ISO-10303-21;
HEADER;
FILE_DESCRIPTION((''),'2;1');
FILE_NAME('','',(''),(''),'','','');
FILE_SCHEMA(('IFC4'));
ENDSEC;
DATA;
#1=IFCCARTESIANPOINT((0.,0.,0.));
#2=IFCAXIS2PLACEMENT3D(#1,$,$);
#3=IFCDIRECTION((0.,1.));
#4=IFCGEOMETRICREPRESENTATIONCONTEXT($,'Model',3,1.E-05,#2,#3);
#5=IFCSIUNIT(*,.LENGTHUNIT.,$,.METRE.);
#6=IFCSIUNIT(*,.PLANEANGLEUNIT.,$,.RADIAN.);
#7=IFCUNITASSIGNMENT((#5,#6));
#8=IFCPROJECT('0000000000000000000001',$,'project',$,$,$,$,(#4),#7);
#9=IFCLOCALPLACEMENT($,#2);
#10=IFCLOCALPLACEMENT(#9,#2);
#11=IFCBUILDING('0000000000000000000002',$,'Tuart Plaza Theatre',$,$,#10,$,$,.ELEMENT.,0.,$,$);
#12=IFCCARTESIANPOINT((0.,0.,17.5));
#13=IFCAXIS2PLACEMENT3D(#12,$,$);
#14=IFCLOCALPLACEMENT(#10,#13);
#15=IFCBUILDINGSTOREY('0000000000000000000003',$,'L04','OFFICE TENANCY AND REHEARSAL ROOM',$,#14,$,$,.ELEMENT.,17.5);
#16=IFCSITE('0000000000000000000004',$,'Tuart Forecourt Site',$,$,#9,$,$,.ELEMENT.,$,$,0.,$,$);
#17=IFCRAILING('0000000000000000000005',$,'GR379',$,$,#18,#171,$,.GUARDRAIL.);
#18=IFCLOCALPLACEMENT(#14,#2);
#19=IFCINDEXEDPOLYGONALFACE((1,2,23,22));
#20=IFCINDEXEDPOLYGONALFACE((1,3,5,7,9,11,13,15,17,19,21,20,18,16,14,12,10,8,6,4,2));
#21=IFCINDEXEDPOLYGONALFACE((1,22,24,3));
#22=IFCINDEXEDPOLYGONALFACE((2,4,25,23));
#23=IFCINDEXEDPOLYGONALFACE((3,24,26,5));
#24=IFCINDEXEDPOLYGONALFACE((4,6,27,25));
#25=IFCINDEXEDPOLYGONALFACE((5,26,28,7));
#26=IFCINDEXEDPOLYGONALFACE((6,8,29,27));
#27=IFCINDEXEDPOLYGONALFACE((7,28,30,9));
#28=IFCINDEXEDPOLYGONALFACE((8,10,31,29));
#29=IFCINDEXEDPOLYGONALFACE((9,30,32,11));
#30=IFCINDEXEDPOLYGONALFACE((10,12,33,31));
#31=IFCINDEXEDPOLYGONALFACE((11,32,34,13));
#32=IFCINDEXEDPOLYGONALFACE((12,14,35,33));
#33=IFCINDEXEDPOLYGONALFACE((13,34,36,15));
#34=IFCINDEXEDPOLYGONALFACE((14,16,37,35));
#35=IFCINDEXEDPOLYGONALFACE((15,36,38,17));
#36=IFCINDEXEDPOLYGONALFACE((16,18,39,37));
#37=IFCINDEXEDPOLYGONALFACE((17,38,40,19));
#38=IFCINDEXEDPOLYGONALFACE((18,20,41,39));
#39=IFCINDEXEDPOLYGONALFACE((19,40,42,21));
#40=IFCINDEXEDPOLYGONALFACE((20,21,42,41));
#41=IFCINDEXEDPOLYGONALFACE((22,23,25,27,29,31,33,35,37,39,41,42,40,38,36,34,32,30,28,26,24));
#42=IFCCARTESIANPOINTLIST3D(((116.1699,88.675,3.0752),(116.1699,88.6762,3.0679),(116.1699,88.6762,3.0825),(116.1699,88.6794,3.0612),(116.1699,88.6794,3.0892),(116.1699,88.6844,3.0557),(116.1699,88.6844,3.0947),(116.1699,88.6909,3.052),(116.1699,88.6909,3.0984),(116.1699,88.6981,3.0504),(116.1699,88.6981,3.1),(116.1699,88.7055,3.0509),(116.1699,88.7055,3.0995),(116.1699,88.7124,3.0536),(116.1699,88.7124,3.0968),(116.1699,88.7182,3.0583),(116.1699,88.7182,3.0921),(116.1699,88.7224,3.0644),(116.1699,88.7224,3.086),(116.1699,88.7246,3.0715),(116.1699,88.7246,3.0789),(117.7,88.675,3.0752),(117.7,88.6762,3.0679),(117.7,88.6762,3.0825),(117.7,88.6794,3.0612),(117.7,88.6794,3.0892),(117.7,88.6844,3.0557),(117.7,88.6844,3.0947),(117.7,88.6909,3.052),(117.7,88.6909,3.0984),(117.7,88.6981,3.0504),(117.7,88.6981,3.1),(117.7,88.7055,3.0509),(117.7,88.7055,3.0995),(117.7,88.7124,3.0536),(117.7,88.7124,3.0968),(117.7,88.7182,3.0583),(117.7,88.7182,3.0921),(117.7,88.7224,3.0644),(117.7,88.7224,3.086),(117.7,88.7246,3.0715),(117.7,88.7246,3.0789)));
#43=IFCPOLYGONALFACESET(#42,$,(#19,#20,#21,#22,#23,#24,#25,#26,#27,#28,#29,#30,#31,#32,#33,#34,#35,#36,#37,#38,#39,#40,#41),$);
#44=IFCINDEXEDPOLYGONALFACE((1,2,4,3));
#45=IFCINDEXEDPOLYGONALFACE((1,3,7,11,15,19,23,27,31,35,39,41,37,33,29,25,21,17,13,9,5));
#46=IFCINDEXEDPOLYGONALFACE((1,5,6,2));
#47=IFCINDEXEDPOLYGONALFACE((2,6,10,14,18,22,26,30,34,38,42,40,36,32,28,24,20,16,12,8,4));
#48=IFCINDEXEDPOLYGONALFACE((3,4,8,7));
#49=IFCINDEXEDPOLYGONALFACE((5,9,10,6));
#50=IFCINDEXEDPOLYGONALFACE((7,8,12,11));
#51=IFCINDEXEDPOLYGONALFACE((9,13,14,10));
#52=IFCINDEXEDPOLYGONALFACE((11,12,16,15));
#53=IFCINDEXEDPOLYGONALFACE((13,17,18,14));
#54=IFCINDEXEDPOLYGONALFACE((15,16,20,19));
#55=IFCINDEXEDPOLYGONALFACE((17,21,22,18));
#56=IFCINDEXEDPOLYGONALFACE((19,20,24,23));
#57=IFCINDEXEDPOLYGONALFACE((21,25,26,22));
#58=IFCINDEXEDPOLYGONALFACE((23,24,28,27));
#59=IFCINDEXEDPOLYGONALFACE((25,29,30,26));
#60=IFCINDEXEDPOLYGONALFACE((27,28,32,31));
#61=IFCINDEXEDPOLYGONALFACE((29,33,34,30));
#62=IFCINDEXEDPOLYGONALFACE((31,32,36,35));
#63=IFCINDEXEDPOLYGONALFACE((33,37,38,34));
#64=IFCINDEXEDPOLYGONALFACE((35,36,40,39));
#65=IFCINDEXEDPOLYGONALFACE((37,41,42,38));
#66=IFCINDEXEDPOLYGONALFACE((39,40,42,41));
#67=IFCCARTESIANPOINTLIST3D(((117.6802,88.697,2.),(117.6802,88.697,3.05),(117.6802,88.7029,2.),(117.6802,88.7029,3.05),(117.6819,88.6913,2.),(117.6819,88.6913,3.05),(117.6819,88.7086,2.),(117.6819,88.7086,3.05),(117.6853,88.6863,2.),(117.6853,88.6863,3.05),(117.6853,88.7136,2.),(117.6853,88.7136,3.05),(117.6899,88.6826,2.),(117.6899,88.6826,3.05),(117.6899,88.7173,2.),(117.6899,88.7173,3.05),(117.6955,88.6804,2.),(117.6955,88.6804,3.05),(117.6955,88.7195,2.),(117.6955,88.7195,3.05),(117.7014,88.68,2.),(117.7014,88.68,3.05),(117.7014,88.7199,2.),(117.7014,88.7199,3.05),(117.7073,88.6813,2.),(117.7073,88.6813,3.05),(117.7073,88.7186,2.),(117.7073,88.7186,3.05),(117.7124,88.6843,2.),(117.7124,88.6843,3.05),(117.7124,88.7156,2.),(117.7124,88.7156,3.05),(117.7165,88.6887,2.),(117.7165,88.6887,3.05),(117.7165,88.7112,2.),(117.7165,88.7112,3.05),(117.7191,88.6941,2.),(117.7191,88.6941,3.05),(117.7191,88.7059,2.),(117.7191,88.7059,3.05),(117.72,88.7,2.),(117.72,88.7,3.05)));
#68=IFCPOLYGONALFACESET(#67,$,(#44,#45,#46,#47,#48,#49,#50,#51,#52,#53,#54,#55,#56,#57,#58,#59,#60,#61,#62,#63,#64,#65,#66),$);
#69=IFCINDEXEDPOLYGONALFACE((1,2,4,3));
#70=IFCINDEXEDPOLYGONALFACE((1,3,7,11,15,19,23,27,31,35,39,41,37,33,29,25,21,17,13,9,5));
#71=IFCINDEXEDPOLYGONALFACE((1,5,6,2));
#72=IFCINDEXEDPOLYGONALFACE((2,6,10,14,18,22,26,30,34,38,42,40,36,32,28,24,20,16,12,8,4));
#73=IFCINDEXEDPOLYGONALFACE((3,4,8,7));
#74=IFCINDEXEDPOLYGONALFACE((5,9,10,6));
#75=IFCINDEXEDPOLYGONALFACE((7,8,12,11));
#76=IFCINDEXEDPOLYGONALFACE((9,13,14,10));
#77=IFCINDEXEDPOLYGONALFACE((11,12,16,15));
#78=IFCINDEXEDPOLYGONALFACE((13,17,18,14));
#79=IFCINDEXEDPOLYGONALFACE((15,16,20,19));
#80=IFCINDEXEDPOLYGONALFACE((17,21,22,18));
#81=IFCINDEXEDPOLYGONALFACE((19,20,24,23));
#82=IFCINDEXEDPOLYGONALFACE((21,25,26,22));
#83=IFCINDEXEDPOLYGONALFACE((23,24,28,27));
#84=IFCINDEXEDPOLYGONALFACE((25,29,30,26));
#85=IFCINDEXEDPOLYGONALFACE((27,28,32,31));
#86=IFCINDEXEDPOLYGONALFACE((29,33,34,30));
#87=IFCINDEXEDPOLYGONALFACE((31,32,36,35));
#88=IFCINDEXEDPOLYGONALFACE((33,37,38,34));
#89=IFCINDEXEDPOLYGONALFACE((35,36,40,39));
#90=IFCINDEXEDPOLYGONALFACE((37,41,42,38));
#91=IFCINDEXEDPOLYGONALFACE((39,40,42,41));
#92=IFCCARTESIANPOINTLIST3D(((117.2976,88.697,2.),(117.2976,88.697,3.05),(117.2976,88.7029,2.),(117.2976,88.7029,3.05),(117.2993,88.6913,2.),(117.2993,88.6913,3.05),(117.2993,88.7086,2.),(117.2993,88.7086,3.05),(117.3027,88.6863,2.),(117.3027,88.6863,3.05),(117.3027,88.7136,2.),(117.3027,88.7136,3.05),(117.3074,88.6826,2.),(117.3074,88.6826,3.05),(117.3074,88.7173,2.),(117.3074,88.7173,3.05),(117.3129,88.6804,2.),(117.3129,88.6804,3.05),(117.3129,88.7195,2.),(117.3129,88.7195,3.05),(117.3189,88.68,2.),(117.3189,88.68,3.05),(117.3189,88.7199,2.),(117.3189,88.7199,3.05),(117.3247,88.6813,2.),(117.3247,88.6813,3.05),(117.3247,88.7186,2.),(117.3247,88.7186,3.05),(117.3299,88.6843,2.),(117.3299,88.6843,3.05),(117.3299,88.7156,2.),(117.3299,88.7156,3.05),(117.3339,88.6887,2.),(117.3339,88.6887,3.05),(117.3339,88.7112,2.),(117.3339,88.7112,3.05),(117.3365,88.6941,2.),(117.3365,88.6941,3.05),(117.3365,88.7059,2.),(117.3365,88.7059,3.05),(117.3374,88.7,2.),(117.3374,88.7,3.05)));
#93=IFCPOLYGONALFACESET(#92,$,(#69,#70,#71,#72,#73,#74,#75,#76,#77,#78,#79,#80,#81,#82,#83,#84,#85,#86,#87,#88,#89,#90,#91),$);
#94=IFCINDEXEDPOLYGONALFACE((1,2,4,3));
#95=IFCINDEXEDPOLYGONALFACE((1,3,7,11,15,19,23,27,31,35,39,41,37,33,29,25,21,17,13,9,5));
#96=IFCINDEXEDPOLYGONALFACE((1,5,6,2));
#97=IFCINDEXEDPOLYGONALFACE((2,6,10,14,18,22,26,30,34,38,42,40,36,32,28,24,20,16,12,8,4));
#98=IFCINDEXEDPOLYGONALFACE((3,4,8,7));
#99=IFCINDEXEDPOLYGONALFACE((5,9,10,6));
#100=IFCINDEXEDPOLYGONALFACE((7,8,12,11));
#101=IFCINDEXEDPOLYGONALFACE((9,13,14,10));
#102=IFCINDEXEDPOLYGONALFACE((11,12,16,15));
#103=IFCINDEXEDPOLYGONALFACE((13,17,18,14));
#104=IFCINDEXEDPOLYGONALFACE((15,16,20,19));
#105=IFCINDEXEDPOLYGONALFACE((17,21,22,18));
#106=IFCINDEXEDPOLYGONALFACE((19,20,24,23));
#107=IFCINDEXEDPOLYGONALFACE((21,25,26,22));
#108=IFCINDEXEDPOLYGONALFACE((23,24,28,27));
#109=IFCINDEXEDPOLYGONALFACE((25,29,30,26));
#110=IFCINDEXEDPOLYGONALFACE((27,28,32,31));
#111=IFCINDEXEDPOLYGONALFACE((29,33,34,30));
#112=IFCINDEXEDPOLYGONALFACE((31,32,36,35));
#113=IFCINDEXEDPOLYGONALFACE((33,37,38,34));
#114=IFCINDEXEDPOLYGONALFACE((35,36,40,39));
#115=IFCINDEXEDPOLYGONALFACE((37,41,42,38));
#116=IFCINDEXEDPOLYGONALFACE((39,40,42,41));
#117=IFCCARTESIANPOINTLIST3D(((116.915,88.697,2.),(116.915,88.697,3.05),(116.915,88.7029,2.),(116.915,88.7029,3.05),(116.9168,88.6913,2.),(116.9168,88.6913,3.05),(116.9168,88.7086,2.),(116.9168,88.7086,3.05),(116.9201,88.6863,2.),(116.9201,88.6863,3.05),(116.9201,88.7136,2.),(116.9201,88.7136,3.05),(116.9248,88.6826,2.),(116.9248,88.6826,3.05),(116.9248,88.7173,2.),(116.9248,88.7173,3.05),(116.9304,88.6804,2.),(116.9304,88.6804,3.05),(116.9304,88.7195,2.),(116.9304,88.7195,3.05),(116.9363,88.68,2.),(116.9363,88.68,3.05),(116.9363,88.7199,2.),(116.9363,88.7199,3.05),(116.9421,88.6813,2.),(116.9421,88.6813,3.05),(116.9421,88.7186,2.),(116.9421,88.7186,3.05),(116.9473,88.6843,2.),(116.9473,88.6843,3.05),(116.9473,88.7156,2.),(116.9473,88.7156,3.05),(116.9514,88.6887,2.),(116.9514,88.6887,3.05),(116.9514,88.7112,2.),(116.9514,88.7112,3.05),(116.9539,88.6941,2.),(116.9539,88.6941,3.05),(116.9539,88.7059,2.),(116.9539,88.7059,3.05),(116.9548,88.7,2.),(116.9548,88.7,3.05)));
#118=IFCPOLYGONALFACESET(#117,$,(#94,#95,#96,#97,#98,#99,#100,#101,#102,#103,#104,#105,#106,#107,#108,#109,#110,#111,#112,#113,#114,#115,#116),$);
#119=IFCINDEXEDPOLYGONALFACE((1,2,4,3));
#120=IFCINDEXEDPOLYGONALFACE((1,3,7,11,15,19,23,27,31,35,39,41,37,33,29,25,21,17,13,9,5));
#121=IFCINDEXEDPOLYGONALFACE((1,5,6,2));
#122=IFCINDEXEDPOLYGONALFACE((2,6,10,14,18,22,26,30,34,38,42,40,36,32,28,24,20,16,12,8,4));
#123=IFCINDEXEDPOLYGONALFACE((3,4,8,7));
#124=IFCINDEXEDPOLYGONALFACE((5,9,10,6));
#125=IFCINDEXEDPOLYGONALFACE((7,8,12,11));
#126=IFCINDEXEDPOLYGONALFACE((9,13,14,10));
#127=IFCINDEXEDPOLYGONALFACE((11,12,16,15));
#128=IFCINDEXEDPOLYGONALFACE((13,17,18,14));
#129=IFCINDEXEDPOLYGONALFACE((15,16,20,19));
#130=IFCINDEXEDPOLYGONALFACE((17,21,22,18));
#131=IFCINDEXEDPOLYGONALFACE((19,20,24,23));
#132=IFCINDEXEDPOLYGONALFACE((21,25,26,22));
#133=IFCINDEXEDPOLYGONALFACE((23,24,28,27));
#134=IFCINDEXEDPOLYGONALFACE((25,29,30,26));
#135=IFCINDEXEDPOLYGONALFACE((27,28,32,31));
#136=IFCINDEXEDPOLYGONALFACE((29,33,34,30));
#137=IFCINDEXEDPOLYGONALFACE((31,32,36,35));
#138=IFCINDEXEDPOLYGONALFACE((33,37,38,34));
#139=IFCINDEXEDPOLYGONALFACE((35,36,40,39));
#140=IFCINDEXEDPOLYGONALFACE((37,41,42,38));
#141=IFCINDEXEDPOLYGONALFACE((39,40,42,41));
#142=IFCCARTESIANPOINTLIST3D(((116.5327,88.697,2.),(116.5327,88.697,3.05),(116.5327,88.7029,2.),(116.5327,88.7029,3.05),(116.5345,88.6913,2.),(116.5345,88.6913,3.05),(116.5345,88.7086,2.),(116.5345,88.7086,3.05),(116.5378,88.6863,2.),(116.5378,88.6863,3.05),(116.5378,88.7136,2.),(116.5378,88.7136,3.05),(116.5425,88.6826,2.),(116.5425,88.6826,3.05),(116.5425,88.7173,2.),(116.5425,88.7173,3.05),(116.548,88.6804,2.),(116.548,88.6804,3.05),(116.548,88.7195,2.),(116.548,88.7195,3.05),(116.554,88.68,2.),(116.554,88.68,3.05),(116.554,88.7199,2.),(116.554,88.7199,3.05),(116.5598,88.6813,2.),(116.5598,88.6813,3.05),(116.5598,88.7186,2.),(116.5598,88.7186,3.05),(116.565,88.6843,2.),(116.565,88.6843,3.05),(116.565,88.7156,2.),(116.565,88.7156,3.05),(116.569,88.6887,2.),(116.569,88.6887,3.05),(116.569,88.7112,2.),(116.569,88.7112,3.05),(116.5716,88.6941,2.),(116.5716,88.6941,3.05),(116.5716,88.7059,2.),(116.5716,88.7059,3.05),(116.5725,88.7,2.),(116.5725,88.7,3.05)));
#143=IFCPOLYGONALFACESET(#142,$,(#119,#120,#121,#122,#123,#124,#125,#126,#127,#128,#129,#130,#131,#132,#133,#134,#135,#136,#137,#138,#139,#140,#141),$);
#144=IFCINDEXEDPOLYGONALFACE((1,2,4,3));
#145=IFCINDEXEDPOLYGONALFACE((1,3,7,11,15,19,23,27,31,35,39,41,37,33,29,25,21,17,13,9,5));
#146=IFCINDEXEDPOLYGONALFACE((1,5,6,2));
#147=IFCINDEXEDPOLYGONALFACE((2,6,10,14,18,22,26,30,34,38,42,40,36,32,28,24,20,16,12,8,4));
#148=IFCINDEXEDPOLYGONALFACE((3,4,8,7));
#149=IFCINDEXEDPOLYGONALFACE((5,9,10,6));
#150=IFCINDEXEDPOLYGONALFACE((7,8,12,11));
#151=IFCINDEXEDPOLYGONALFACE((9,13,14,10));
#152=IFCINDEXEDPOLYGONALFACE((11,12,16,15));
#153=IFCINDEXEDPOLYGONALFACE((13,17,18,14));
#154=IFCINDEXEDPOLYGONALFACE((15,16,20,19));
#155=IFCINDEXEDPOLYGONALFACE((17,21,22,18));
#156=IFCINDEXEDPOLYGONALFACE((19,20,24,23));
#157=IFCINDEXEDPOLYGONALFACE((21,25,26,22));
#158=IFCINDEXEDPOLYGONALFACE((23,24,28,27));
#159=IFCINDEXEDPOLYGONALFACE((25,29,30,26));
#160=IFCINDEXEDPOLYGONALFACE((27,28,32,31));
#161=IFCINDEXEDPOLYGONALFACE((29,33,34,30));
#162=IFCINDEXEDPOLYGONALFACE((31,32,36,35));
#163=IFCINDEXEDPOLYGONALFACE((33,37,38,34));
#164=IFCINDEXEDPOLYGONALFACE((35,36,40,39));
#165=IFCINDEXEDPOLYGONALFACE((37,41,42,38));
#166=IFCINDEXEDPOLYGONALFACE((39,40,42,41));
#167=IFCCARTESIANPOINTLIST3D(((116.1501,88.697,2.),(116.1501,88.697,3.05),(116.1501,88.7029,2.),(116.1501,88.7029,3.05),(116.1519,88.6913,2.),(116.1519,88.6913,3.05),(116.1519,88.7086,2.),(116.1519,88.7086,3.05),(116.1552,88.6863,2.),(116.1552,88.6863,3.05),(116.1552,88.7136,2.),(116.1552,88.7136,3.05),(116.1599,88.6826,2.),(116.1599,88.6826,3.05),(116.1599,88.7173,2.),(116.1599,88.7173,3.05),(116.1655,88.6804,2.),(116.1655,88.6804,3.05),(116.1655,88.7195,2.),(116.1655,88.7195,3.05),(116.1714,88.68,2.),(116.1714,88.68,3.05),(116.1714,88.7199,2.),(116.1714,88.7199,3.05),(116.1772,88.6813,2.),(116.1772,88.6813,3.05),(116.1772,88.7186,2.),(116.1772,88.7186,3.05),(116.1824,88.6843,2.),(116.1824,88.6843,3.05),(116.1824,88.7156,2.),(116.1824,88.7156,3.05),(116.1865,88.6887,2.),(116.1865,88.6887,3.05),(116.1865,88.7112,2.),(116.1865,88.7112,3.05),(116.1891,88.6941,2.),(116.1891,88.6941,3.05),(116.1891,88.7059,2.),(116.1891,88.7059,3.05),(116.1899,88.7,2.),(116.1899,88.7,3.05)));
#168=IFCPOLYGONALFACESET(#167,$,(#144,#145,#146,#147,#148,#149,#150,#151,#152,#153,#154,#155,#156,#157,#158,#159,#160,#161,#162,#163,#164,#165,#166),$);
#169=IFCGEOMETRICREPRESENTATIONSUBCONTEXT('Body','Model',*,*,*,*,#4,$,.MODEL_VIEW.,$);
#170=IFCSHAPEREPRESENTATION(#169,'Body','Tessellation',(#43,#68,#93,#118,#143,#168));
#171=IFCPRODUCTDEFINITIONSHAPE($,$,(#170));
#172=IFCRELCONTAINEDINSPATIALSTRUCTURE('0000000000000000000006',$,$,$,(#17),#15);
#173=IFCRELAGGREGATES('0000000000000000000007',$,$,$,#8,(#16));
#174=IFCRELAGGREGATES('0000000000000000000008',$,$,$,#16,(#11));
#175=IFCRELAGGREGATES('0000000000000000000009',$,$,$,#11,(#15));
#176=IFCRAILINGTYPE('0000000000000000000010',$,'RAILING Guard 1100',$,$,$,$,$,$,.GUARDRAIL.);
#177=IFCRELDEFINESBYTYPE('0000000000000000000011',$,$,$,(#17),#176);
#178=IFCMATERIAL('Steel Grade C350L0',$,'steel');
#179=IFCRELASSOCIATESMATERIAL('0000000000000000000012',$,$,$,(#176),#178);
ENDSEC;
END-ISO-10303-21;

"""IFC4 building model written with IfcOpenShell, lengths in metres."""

from ifc_helpers import new_model, si_unit, direction, frame, origin, origin_2d, place, context, subcontext, project, spatial, circle, extrude, material, type_object, element, save


model = new_model("IFC4")

# Units and contexts
model_context = context("Model", 3, precision=1e-05, world=origin(), true_north=direction((0.0, 1.0)))
body_context = subcontext(model_context, "Body", "Model", "MODEL_VIEW")
ifc_project = project(units=[si_unit("LENGTHUNIT", "METRE"), si_unit("PLANEANGLEUNIT", "RADIAN")], contexts=[model_context])

# Site, building, storey
site_placement = place(None, origin())
site = spatial("IfcSite", under=ifc_project, at=site_placement, Name="Tuart Forecourt Site", CompositionType="ELEMENT", RefElevation=0.0)
building_placement = place(site_placement, origin())
building = spatial("IfcBuilding", under=site, at=building_placement, Name="Tuart Plaza Theatre", CompositionType="ELEMENT", ElevationOfRefHeight=0.0)
storey_placement = place(building_placement, frame((0.0, 0.0, 17.5)))
storey = spatial("IfcBuildingStorey", under=building, at=storey_placement, Name="L04", Description="OFFICE TENANCY AND REHEARSAL ROOM", CompositionType="ELEMENT", Elevation=17.5)

# Railing
ifc_material_1 = material(Name="Steel Grade C350L0", Category="steel")
railing_type_1 = type_object("IfcRailingType", Name="RAILING Guard 1100", PredefinedType="GUARDRAIL", material=ifc_material_1)
railing_1_placement = place(storey_placement, frame((117.7, 88.7, 2.0)))
element("IfcRailing", 1, at=railing_1_placement, inside=storey, type_object=railing_type_1, Name="GR379", PredefinedType="GUARDRAIL", context=body_context, shape_type="SweptSolid", body=[
    extrude(circle(Radius=0.0249, at=origin_2d()), frame((0.0, 0.0, 1.0752), z_axis=(-1.0, 0.0, 0.0), x_axis=(0.0, -1.0, 0.0)), (0.0, 0.0, 1.0), 1.53),
    extrude(circle(Radius=0.02, at=origin_2d()), origin(), (0.0, 0.0, 1.0), 1.05),
    extrude(circle(Radius=0.02, at=origin_2d()), frame((-0.3826, 0.0, 0.0)), (0.0, 0.0, 1.0), 1.05),
    extrude(circle(Radius=0.02, at=origin_2d()), frame((-0.7651, 0.0, 0.0)), (0.0, 0.0, 1.0), 1.05),
    extrude(circle(Radius=0.02, at=origin_2d()), frame((-1.1475, 0.0, 0.0)), (0.0, 0.0, 1.0), 1.05),
    extrude(circle(Radius=0.02, at=origin_2d()), frame((-1.53, 0.0, 0.0)), (0.0, 0.0, 1.0), 1.05),
])

save(model, "model.ifc")
